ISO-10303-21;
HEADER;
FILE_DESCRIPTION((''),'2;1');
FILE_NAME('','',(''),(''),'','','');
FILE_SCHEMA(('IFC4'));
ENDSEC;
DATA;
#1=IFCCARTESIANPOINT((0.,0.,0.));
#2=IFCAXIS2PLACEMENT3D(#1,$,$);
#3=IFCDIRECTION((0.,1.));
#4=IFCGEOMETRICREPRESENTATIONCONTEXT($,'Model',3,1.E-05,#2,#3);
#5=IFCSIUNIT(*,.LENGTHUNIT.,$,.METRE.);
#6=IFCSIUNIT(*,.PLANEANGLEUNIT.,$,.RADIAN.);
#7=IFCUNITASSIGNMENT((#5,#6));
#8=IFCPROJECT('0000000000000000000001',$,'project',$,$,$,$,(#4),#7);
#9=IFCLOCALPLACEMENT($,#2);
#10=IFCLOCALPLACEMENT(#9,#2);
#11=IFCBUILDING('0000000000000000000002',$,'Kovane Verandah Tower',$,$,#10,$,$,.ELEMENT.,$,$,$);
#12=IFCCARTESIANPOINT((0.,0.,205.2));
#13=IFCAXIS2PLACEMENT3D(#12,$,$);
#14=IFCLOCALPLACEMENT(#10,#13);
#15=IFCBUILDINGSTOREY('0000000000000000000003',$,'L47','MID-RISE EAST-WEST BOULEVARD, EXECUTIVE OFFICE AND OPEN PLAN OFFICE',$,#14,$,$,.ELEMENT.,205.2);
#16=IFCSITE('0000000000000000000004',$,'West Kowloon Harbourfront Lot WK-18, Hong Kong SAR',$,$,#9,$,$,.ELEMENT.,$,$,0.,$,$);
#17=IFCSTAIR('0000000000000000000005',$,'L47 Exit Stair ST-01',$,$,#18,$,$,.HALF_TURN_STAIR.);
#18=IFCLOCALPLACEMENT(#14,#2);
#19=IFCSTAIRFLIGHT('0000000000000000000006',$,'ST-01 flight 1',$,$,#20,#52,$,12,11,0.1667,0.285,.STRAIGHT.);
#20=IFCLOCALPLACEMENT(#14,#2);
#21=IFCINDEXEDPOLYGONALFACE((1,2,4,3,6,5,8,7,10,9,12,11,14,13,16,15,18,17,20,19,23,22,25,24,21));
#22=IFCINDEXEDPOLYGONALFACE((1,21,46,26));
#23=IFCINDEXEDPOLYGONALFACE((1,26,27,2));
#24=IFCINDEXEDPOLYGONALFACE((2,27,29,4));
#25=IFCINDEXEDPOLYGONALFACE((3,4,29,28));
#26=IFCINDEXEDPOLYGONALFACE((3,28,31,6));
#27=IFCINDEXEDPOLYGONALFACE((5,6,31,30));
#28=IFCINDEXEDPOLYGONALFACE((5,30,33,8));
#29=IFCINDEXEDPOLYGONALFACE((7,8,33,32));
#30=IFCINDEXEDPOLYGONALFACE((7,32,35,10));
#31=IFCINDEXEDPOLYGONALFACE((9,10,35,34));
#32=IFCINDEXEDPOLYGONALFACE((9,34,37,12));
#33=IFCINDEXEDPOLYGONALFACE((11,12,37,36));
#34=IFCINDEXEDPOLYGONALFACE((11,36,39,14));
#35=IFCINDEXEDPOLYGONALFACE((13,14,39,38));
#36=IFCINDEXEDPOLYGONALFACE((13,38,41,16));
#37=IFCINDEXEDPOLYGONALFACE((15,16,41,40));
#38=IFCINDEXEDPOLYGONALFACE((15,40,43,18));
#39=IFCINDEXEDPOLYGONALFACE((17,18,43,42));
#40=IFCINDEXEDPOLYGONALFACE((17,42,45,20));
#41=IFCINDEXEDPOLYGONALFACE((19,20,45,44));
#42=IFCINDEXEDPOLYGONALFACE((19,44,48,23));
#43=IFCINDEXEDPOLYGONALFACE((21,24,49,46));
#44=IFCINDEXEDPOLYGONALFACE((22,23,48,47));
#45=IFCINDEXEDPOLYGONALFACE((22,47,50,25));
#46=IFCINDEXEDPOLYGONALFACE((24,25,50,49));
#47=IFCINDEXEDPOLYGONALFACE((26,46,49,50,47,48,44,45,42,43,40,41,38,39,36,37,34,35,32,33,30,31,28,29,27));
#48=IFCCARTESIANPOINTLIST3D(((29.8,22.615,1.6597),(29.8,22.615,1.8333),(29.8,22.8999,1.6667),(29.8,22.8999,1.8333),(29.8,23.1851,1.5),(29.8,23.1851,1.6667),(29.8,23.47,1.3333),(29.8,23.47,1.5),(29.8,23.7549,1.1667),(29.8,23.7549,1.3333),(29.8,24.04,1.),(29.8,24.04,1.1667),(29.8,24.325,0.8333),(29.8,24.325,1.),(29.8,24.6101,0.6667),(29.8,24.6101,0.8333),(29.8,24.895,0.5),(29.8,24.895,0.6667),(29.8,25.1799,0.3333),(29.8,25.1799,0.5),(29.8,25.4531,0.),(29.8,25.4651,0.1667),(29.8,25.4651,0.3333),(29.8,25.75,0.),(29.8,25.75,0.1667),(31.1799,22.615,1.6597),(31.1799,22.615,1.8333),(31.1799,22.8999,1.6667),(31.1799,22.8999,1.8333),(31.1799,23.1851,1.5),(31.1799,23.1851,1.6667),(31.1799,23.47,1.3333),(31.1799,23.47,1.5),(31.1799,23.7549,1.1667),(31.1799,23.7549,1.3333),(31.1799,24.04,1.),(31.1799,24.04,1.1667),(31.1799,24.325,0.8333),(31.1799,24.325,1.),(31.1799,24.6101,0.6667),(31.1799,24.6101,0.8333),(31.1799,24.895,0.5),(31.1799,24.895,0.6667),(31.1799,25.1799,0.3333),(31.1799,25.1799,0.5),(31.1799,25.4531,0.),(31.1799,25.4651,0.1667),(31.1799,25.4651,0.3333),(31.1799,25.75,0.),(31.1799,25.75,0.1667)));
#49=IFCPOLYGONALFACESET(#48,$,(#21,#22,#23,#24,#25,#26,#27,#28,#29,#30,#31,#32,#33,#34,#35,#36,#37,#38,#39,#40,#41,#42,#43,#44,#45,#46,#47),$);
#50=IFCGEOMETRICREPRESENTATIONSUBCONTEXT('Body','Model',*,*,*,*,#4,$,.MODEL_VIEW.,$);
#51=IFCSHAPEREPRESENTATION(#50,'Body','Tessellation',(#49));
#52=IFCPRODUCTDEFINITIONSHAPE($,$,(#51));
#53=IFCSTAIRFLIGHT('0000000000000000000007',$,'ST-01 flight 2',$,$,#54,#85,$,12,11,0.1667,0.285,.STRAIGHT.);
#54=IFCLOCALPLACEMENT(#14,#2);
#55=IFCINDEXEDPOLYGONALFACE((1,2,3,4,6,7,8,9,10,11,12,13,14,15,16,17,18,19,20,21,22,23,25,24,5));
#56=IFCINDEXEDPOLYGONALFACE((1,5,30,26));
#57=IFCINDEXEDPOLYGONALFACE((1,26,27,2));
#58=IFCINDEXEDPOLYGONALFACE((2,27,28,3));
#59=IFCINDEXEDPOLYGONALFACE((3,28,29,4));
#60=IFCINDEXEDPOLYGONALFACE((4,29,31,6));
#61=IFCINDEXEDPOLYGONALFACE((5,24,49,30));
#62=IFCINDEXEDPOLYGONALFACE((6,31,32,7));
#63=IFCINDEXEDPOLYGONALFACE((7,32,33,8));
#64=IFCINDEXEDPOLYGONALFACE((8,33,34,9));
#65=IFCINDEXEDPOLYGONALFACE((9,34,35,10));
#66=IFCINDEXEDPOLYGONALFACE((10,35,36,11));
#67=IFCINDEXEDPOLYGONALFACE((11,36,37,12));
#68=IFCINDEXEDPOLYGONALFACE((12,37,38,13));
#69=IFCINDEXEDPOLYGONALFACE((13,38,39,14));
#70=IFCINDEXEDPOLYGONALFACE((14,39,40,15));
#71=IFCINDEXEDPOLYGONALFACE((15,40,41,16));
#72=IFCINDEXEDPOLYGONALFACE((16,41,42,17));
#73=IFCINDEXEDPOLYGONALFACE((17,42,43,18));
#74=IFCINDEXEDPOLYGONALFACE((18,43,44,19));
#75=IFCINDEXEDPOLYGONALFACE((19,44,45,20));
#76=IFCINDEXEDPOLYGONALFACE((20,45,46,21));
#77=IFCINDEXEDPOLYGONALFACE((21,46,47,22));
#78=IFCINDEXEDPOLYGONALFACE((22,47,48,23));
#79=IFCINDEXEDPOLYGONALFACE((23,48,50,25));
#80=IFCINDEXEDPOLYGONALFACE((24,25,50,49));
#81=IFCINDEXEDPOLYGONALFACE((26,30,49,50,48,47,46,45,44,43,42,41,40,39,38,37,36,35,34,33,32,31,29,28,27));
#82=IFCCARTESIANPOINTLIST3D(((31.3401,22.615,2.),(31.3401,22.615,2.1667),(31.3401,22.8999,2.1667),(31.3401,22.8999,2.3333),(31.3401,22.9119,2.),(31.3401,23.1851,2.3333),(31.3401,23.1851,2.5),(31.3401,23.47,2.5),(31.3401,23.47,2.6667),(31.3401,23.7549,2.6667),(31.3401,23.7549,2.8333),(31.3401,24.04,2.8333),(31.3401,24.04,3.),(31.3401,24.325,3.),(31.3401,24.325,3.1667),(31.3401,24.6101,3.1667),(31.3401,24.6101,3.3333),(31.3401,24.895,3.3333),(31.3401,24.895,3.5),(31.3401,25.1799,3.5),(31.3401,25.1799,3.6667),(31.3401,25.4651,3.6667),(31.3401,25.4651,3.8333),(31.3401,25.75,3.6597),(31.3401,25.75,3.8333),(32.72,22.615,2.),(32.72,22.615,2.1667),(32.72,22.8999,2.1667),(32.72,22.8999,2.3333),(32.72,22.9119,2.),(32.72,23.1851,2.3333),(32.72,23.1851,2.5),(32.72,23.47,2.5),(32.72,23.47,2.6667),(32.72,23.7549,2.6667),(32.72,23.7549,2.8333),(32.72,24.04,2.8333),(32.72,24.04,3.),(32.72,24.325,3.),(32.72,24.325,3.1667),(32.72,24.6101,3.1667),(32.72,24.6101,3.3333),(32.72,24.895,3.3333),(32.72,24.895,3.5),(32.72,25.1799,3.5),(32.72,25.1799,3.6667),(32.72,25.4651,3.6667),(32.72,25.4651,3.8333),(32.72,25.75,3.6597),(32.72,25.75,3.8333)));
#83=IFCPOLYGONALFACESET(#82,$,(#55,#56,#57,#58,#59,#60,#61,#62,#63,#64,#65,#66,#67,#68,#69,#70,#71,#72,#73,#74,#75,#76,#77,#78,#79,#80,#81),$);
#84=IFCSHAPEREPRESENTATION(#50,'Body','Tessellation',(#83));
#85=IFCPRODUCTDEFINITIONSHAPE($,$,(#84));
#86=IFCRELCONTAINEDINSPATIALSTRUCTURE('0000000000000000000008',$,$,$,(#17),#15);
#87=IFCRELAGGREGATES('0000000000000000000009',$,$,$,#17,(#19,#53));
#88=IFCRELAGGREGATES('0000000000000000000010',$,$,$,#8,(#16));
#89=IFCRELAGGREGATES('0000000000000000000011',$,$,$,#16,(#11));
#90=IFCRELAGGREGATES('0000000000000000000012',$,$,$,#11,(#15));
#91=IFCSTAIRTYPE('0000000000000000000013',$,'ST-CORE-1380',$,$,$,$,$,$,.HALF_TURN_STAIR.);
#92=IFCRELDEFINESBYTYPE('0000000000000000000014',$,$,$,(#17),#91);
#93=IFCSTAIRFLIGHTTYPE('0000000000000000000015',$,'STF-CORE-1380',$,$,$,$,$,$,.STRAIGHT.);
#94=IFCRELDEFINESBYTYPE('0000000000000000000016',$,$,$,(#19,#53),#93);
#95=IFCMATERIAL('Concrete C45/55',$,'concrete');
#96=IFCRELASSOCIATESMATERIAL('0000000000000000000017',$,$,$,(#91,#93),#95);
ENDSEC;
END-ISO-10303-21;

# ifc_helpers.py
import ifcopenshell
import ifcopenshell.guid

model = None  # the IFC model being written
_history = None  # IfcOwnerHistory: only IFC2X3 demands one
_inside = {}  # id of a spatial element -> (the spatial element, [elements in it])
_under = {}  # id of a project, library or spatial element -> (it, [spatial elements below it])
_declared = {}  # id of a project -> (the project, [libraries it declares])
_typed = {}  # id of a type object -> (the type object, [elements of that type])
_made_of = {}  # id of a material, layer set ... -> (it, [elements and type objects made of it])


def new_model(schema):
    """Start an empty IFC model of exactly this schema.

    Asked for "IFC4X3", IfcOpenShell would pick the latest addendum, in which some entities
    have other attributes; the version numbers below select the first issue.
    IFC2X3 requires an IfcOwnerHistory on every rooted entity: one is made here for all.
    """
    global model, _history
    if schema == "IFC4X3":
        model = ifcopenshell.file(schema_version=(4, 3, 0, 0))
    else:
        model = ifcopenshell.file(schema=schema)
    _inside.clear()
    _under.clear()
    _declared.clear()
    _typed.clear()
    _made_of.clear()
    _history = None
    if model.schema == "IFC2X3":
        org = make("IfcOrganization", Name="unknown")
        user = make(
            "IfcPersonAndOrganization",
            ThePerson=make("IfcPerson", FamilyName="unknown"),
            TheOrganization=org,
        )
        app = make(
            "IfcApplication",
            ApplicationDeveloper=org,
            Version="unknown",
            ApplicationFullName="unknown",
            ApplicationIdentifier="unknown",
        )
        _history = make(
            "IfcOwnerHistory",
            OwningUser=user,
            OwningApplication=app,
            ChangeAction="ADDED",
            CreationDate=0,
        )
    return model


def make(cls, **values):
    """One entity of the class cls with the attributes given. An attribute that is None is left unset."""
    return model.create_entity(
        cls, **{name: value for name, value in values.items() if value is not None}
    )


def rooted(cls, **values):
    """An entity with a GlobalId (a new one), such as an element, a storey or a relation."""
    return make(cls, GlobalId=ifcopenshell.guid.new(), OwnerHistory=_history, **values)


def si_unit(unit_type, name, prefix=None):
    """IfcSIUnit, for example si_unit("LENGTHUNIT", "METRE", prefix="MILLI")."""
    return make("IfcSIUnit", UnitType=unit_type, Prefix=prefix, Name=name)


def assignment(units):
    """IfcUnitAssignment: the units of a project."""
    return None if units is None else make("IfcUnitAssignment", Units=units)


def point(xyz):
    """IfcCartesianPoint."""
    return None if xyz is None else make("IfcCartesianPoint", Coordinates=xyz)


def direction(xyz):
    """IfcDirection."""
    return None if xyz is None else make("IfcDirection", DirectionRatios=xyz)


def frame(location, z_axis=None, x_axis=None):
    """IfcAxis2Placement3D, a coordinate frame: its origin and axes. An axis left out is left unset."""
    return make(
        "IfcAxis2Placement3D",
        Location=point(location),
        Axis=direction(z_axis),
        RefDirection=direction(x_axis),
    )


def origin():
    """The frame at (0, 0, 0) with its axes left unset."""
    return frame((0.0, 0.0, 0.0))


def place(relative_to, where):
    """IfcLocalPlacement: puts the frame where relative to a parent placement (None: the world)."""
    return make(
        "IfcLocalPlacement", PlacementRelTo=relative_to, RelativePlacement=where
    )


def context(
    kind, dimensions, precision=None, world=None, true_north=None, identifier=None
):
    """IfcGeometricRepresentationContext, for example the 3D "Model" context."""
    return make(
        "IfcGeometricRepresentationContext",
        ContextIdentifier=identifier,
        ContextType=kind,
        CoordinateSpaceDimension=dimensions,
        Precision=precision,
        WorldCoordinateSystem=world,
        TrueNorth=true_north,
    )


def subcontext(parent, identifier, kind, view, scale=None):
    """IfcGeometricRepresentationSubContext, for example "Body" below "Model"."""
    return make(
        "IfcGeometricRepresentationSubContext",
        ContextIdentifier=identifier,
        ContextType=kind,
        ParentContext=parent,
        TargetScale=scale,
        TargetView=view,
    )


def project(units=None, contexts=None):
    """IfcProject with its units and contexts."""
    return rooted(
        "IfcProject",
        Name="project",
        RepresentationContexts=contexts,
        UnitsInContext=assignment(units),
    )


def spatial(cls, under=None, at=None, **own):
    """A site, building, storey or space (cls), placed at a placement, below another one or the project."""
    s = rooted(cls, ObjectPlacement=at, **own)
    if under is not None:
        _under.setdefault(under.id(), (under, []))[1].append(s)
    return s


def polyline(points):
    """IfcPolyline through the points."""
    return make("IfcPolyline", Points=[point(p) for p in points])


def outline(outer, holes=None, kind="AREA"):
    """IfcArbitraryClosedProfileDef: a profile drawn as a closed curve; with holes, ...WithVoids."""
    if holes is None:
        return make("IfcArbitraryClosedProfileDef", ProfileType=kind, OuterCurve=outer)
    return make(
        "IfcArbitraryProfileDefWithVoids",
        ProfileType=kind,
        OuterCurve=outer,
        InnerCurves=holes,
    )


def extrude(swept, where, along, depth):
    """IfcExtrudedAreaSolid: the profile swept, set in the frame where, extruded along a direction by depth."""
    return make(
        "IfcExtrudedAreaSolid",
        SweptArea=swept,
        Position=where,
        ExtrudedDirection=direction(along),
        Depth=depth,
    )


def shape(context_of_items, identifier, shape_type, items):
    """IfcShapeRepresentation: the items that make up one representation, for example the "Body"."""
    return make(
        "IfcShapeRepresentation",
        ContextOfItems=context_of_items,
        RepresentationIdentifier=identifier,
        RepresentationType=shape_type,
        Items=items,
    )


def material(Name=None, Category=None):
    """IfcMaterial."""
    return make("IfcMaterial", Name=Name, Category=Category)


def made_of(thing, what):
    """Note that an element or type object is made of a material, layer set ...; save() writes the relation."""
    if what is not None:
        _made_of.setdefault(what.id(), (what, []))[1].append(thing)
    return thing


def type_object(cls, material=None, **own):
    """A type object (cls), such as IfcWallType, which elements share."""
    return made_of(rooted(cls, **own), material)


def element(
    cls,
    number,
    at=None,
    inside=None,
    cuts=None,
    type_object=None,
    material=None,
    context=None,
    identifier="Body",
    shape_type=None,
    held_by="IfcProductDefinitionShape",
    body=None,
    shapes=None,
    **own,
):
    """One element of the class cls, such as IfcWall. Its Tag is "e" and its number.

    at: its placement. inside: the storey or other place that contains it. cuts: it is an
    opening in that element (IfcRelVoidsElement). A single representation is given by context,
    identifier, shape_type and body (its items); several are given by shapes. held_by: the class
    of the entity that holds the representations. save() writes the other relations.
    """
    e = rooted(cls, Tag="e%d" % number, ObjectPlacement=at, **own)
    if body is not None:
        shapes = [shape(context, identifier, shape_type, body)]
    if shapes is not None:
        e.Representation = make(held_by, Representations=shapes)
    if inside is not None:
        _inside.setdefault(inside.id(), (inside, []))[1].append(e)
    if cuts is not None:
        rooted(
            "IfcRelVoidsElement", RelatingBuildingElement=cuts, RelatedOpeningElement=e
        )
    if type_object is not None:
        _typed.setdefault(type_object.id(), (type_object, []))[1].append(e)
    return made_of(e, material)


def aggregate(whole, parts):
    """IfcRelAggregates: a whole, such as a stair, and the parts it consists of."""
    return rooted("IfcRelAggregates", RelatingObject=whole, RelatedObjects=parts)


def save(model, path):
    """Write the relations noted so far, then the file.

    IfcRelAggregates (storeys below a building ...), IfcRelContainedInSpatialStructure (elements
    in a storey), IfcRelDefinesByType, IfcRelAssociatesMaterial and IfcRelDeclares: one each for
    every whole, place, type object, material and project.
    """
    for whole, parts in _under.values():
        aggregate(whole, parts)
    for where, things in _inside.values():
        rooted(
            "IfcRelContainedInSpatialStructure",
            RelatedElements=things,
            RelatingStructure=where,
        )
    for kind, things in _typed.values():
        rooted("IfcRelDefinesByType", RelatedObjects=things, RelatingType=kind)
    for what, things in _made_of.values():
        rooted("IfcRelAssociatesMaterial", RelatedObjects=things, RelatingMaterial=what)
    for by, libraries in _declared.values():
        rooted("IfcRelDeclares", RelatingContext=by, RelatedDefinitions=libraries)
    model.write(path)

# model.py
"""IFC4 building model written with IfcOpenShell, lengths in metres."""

from ifc_helpers import new_model, si_unit, direction, frame, origin, place, context, subcontext, project, spatial, polyline, outline, extrude, material, type_object, element, aggregate, save


model = new_model("IFC4")

# Units and contexts
model_context = context("Model", 3, precision=1e-05, world=origin(), true_north=direction((0.0, 1.0)))
body_context = subcontext(model_context, "Body", "Model", "MODEL_VIEW")
ifc_project = project(units=[si_unit("LENGTHUNIT", "METRE"), si_unit("PLANEANGLEUNIT", "RADIAN")], contexts=[model_context])

# Site, building, storey
site_placement = place(None, origin())
site = spatial("IfcSite", under=ifc_project, at=site_placement, Name="West Kowloon Harbourfront Lot WK-18, Hong Kong SAR", CompositionType="ELEMENT", RefElevation=0.0)
building_placement = place(site_placement, origin())
building = spatial("IfcBuilding", under=site, at=building_placement, Name="Kovane Verandah Tower", CompositionType="ELEMENT")
storey_placement = place(building_placement, frame((0.0, 0.0, 205.2)))
storey = spatial("IfcBuildingStorey", under=building, at=storey_placement, Name="L47", Description="MID-RISE EAST-WEST BOULEVARD, EXECUTIVE OFFICE AND OPEN PLAN OFFICE", CompositionType="ELEMENT", Elevation=205.2)

# Shared definitions
ifc_material_1 = material(Name="Concrete C45/55", Category="concrete")

# Stair, stair flights
stair_type = type_object("IfcStairType", Name="ST-CORE-1380", PredefinedType="HALF_TURN_STAIR", material=ifc_material_1)
stair_placement = place(storey_placement, origin())
stair = element("IfcStair", 1, at=stair_placement, inside=storey, type_object=stair_type, Name="L47 Exit Stair ST-01", PredefinedType="HALF_TURN_STAIR")
stair_flight_type = type_object("IfcStairFlightType", Name="STF-CORE-1380", PredefinedType="STRAIGHT", material=ifc_material_1)
stair_flight_1_placement = place(storey_placement, frame((30.49, 25.75, 0.0), z_axis=(0.0, 0.0, 1.0), x_axis=(0.0, -1.0, 0.0)))
stair_flight_1 = element("IfcStairFlight", 2, at=stair_flight_1_placement, type_object=stair_flight_type, Name="ST-01 flight 1", NumberOfRisers=12, NumberOfTreads=11, PredefinedType="STRAIGHT", RiserHeight=0.1667, TreadLength=0.285, context=body_context, shape_type="SweptSolid", body=[
    extrude(outline(polyline([(0.0, 0.0), (0.0, 0.1667), (0.2849, 0.1667), (0.2849, 0.3333), (0.5701, 0.3333), (0.5701, 0.5), (0.855, 0.5), (0.855, 0.6667), (1.1399, 0.6667), (1.1399, 0.8333), (1.425, 0.8333), (1.425, 1.0), (1.71, 1.0), (1.71, 1.1667), (1.9951, 1.1667), (1.9951, 1.3333), (2.28, 1.3333), (2.28, 1.5), (2.5649, 1.5), (2.5649, 1.6667), (2.8501, 1.6667), (2.8501, 1.8333), (3.135, 1.8333), (3.135, 2.0), (3.135, 1.6597), (0.2969, 0.0), (0.0, 0.0)])), frame((0.0, 0.6899, 0.0), z_axis=(0.0, -1.0, 0.0), x_axis=(1.0, 0.0, 0.0)), (0.0, 0.0, 1.0), 1.3799),
])
stair_flight_2_placement = place(storey_placement, frame((32.03, 22.615, 2.0), z_axis=(0.0, 0.0, 1.0), x_axis=(0.0, 1.0, 0.0)))
stair_flight_2 = element("IfcStairFlight", 3, at=stair_flight_2_placement, type_object=stair_flight_type, Name="ST-01 flight 2", NumberOfRisers=12, NumberOfTreads=11, PredefinedType="STRAIGHT", RiserHeight=0.1667, TreadLength=0.285, context=body_context, shape_type="SweptSolid", body=[
    extrude(outline(polyline([(0.0, 0.0), (0.0, 0.1667), (0.2849, 0.1667), (0.2849, 0.3333), (0.5701, 0.3333), (0.5701, 0.5), (0.855, 0.5), (0.855, 0.6667), (1.1399, 0.6667), (1.1399, 0.8333), (1.425, 0.8333), (1.425, 1.0), (1.71, 1.0), (1.71, 1.1667), (1.9951, 1.1667), (1.9951, 1.3333), (2.28, 1.3333), (2.28, 1.5), (2.5649, 1.5), (2.5649, 1.6667), (2.8501, 1.6667), (2.8501, 1.8333), (3.135, 1.8333), (3.135, 2.0), (3.135, 1.6597), (0.2969, 0.0), (0.0, 0.0)])), frame((0.0, 0.6899, 0.0), z_axis=(0.0, -1.0, 0.0), x_axis=(1.0, 0.0, 0.0)), (0.0, 0.0, 1.0), 1.3799),
])
aggregate(stair, [stair_flight_1, stair_flight_2])

save(model, "model.ifc")
